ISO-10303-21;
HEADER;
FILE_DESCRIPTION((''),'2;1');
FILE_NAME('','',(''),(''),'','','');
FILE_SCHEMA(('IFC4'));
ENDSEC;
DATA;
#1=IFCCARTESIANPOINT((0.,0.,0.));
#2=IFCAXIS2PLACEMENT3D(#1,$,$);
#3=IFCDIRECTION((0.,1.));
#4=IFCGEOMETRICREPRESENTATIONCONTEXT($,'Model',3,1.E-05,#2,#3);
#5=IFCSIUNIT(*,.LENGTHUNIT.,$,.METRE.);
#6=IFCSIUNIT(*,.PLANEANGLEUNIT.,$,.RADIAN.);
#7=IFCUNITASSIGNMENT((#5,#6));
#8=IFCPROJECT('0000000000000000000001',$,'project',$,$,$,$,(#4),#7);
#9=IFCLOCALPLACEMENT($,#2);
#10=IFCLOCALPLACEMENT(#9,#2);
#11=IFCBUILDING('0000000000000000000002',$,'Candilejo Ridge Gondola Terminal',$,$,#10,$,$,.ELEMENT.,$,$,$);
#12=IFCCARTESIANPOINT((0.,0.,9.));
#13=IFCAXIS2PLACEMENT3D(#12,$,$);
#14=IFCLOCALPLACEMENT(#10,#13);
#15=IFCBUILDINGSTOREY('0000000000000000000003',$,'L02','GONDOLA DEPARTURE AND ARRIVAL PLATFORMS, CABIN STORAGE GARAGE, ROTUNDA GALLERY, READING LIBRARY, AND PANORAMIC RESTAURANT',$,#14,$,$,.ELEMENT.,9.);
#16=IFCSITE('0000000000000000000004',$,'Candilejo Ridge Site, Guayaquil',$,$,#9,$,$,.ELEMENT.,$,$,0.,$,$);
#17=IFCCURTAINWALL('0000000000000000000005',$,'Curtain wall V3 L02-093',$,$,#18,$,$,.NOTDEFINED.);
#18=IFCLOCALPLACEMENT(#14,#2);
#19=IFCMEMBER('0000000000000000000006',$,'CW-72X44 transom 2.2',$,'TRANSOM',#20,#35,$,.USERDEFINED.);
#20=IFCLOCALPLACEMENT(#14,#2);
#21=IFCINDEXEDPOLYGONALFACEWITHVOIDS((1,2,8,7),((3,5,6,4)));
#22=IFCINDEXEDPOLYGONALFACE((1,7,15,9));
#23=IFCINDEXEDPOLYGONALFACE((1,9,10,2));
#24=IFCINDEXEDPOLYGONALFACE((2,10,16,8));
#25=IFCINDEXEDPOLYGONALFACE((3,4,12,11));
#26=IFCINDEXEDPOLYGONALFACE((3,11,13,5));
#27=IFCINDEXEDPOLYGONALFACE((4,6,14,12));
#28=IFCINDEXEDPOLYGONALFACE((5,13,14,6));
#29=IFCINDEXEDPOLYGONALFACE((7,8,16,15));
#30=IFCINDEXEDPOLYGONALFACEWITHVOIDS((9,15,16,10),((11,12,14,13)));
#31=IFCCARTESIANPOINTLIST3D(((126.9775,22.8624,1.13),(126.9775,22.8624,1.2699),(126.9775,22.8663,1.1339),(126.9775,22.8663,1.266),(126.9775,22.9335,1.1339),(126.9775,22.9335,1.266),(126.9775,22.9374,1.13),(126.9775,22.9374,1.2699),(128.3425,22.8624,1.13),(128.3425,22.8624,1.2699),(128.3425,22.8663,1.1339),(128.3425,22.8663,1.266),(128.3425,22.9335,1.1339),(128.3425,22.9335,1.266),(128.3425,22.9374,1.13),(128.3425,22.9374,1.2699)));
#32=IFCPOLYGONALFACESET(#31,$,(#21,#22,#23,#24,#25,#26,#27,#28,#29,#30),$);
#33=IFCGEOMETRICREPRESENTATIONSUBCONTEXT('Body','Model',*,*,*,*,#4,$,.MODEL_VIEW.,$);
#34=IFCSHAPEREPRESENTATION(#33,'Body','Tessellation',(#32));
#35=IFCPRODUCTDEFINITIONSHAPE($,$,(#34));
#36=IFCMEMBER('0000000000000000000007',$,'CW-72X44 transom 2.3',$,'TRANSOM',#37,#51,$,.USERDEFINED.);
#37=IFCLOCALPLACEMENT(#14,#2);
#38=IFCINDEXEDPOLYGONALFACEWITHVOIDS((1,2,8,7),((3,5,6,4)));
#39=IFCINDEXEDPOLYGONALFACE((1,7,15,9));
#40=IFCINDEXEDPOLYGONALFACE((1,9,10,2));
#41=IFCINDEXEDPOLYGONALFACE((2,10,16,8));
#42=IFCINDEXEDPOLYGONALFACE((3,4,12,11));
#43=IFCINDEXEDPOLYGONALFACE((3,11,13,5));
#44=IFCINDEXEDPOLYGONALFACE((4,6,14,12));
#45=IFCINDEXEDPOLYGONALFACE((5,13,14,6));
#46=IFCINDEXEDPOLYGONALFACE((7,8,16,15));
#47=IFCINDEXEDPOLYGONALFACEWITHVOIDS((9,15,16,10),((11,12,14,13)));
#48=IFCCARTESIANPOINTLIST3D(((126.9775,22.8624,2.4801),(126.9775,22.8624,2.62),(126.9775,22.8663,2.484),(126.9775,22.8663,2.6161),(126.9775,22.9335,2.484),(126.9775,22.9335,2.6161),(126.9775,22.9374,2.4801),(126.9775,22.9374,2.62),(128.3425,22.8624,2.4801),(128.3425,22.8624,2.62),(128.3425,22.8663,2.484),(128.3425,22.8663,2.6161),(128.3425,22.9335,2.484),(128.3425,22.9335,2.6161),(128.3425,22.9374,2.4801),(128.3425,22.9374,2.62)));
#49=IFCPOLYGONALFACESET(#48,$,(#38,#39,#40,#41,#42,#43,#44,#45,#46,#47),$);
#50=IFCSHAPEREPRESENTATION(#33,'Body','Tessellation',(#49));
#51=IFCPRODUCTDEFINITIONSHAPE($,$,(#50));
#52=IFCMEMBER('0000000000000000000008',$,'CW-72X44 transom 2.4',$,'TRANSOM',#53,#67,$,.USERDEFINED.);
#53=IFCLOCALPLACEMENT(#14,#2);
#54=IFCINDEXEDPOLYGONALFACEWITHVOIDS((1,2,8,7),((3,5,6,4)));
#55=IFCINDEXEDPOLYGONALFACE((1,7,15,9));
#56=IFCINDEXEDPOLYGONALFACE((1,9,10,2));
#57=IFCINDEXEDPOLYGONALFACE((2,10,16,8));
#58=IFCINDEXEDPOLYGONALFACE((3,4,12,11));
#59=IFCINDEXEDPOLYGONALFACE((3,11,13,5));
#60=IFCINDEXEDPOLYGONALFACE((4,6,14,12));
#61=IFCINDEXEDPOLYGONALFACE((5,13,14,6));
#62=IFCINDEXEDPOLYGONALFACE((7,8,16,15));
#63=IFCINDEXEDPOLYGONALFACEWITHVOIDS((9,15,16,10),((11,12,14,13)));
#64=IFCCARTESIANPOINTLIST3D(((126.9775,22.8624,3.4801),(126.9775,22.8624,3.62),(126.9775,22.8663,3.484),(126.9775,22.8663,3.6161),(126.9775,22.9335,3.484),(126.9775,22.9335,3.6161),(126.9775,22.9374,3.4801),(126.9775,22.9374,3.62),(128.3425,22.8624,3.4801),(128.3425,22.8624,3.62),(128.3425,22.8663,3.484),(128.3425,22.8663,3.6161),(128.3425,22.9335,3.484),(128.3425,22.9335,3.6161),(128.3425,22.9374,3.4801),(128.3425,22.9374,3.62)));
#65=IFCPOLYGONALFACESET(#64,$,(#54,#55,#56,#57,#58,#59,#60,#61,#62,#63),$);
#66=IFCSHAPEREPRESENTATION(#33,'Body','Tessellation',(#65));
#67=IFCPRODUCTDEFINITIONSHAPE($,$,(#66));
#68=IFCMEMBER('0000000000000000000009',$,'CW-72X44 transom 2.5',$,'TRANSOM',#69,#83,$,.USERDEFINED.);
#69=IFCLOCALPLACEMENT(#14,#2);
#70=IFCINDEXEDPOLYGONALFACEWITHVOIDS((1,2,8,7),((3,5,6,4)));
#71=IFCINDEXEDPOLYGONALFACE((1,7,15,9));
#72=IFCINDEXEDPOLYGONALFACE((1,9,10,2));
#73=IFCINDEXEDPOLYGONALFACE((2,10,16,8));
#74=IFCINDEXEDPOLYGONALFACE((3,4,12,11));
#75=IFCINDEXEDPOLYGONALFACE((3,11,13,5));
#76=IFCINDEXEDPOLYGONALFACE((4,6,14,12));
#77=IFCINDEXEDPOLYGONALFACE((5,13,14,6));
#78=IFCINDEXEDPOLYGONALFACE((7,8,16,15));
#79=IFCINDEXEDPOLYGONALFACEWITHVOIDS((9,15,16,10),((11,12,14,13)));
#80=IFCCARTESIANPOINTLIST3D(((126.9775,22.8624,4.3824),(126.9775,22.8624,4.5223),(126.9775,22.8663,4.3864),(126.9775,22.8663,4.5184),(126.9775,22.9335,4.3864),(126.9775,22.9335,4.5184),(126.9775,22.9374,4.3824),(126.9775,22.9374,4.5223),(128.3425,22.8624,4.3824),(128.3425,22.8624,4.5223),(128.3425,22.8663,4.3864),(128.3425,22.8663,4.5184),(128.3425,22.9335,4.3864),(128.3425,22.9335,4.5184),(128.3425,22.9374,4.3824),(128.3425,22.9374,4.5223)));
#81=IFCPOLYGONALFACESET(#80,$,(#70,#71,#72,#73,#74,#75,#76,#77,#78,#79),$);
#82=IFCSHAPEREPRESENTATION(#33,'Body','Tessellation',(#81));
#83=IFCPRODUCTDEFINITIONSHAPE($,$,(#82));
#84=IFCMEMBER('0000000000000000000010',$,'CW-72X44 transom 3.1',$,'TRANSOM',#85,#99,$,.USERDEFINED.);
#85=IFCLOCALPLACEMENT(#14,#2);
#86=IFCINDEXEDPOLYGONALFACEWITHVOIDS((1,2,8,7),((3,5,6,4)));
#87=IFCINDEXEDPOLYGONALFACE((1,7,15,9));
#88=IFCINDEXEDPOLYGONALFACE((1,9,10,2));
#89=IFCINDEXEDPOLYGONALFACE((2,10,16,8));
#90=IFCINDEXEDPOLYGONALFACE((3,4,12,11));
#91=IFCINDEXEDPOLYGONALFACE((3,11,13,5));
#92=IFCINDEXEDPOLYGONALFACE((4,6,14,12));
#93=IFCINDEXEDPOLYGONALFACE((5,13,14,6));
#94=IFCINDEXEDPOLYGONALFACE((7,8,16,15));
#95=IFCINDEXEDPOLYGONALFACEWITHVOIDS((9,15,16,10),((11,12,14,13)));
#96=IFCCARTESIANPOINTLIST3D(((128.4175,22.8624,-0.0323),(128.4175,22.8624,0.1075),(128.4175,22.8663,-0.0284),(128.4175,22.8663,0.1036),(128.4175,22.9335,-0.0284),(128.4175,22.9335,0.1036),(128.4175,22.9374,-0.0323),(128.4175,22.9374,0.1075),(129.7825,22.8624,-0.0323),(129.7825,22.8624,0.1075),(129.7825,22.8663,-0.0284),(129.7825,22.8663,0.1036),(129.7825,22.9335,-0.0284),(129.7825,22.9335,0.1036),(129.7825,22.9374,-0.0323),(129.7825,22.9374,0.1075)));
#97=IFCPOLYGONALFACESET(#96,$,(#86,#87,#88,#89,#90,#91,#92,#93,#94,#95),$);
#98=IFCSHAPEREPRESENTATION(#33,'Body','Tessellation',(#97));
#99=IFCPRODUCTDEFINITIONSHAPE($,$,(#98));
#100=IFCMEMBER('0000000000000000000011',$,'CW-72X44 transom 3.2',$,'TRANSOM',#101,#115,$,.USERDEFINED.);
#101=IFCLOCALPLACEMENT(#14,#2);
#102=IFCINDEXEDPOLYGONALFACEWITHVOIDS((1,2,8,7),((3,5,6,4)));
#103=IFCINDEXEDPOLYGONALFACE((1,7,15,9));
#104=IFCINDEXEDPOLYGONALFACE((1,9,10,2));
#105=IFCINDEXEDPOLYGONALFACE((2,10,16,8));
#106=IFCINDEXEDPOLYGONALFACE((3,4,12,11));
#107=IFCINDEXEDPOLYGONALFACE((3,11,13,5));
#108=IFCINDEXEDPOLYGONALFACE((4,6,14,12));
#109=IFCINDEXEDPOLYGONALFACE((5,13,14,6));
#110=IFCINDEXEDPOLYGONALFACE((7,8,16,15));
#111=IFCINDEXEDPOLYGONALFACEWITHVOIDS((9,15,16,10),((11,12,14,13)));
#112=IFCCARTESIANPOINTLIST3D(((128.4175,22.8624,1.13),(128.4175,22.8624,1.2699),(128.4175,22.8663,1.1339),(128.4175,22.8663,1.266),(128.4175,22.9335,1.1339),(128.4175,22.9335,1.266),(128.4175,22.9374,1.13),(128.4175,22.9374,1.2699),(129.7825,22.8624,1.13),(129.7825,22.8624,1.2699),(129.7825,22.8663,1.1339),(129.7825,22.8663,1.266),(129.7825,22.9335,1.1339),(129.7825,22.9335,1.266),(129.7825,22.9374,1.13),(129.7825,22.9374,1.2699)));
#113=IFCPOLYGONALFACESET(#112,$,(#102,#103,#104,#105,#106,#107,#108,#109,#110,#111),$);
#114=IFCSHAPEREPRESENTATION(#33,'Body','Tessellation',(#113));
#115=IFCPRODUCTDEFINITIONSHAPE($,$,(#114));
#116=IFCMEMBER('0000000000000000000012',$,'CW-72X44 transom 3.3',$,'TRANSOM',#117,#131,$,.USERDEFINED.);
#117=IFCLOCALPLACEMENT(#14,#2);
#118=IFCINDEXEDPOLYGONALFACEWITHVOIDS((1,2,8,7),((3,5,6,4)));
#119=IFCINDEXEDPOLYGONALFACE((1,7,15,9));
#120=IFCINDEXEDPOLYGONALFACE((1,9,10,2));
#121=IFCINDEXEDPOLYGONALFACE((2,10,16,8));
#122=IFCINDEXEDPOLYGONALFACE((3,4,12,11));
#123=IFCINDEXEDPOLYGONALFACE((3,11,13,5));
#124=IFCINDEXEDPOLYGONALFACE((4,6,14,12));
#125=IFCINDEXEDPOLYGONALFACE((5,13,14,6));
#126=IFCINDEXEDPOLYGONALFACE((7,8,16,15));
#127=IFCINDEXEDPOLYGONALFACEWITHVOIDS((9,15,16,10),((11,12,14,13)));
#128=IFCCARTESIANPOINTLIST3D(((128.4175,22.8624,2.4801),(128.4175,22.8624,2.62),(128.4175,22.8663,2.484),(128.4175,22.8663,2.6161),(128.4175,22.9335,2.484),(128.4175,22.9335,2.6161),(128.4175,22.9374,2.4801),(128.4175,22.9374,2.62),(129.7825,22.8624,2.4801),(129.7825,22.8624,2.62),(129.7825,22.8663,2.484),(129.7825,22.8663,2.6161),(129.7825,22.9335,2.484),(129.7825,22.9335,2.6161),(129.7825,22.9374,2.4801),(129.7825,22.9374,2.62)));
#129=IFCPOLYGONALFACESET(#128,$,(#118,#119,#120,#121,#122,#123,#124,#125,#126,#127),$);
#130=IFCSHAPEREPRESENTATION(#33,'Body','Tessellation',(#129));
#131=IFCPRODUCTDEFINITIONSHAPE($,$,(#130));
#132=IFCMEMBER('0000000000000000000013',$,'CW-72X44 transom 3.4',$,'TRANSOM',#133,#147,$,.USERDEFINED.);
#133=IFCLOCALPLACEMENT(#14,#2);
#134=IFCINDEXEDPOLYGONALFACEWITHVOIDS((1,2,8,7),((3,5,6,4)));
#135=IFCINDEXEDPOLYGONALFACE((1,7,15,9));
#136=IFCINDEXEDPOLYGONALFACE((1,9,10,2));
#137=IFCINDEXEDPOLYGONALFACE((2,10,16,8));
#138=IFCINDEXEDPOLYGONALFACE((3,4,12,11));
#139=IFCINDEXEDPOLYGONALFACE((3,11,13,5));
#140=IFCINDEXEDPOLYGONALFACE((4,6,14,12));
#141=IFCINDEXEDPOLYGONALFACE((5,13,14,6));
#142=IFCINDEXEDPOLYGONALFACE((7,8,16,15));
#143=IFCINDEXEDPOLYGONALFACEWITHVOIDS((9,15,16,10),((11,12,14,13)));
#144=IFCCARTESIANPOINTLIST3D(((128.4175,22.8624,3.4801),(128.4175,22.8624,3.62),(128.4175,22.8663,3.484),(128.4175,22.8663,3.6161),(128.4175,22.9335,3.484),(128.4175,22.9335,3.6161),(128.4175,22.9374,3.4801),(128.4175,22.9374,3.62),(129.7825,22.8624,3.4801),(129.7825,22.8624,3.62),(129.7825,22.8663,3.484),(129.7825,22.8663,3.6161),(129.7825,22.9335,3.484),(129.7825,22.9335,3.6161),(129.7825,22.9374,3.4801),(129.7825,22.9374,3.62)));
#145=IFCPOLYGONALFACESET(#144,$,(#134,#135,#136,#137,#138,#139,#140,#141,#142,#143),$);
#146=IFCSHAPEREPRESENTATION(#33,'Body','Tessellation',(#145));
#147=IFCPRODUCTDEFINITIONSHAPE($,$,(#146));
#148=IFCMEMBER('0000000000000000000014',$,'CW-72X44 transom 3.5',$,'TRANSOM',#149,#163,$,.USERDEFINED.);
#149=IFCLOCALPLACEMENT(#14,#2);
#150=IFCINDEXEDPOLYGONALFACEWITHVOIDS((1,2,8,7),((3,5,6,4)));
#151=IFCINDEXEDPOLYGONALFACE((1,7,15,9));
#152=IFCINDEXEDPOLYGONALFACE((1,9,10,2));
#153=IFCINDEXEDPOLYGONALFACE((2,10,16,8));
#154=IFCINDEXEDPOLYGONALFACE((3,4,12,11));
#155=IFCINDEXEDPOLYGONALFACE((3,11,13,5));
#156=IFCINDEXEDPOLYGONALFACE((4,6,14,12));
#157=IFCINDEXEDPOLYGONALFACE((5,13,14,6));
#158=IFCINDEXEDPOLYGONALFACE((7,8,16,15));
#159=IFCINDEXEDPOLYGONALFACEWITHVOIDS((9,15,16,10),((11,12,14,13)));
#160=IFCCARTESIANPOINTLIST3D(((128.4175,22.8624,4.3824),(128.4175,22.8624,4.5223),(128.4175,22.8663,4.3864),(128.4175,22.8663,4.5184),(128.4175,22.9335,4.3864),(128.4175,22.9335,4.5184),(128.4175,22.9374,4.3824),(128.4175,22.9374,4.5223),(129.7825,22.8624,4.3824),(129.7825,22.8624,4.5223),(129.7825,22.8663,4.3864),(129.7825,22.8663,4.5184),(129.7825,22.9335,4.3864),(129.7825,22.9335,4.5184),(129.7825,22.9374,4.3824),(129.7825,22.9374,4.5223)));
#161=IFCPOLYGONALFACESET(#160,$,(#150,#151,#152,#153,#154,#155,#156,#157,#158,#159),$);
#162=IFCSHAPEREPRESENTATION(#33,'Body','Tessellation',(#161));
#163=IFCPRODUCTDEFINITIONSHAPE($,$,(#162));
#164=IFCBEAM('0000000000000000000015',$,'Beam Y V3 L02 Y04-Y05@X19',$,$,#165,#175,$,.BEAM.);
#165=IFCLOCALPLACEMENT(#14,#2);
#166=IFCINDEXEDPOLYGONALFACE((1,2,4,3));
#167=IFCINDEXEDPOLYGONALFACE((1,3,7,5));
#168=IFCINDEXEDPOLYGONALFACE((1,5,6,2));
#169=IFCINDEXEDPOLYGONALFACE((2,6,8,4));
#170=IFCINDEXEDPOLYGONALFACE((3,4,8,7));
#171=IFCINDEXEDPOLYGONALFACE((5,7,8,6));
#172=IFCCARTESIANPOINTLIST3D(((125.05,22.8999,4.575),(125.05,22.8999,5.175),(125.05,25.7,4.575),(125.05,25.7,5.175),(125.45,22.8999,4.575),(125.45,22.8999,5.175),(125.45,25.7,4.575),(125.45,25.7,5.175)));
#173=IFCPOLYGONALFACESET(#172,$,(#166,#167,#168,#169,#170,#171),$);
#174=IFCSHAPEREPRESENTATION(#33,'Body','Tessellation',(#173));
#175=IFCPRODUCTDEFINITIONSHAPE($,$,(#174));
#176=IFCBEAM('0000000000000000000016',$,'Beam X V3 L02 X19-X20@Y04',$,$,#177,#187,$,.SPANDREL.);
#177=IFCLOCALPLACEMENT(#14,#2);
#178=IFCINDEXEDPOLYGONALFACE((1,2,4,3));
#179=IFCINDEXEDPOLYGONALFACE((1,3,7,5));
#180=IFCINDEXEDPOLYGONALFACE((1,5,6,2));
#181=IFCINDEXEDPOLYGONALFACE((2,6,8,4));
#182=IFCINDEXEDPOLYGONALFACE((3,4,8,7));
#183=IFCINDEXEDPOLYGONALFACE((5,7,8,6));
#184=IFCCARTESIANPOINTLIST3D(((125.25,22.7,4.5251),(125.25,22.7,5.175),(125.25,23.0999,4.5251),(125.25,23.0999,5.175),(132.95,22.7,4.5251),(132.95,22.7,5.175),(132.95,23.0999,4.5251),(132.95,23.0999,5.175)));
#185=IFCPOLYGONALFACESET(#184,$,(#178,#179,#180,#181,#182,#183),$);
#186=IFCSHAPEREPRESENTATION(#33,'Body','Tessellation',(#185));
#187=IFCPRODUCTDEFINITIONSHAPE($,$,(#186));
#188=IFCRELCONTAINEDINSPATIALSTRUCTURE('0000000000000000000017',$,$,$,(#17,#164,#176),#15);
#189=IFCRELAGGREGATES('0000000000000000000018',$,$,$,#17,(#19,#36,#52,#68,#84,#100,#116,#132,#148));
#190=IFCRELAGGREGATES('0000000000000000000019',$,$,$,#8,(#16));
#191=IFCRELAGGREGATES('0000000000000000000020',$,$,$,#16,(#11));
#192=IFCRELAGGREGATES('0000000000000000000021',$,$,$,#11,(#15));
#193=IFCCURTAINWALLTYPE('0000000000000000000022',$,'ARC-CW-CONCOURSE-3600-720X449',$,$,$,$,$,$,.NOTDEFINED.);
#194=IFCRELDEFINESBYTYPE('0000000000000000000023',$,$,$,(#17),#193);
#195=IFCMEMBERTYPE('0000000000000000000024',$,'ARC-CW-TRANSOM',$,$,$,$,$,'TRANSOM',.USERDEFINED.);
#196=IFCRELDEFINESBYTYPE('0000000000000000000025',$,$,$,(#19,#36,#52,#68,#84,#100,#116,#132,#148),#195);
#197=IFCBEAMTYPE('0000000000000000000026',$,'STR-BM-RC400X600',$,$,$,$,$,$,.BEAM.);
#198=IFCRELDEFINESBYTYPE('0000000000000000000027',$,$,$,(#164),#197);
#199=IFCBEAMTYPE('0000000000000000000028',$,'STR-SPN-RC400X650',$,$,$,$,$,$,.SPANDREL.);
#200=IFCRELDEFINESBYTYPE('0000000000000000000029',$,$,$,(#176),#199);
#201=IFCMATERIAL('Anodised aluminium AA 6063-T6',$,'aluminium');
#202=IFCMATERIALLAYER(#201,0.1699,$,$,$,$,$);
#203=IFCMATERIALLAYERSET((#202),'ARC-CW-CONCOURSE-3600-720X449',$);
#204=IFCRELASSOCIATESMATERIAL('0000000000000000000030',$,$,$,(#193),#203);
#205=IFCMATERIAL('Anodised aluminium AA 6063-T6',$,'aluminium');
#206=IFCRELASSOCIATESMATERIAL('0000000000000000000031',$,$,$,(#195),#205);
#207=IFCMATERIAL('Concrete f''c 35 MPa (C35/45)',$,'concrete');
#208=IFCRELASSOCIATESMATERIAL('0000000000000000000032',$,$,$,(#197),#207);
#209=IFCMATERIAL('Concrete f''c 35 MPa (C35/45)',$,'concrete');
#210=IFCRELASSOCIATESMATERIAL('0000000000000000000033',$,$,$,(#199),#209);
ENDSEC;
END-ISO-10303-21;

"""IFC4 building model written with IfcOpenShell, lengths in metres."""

from ifc_helpers import new_model, si_unit, direction, frame, origin, origin_2d, place, context, subcontext, project, spatial, rectangle, hollow_rectangle, extrude, material, layer, layer_set, material_profile, profile_set, type_object, element, aggregate, save


model = new_model("IFC4")

# Units and contexts
model_context = context("Model", 3, precision=1e-05, world=origin(), true_north=direction((0.0, 1.0)))
body_context = subcontext(model_context, "Body", "Model", "MODEL_VIEW")
ifc_project = project(units=[si_unit("LENGTHUNIT", "METRE"), si_unit("PLANEANGLEUNIT", "RADIAN")], contexts=[model_context])

# Site, building, storey
site_placement = place(None, origin())
site = spatial("IfcSite", under=ifc_project, at=site_placement, Name="Candilejo Ridge Site, Guayaquil", CompositionType="ELEMENT", RefElevation=0.0)
building_placement = place(site_placement, origin())
building = spatial("IfcBuilding", under=site, at=building_placement, Name="Candilejo Ridge Gondola Terminal", CompositionType="ELEMENT")
storey_placement = place(building_placement, frame((0.0, 0.0, 9.0)))
storey = spatial("IfcBuildingStorey", under=building, at=storey_placement, Name="L02", Description="GONDOLA DEPARTURE AND ARRIVAL PLATFORMS, CABIN STORAGE GARAGE, ROTUNDA GALLERY, READING LIBRARY, AND PANORAMIC RESTAURANT", CompositionType="ELEMENT", Elevation=9.0)

# Shared definitions
ifc_material_1 = material(Name="Anodised aluminium AA 6063-T6", Category="aluminium")
ifc_layer_1 = layer(ifc_material_1, 0.1699)
ifc_layer_set_1 = layer_set([ifc_layer_1], Name="ARC-CW-CONCOURSE-3600-720X449")
curtain_wall_type = type_object("IfcCurtainWallType", Name="ARC-CW-CONCOURSE-3600-720X449", PredefinedType="NOTDEFINED", material=ifc_layer_set_1)

# Curtain wall, members
curtain_wall_1_placement = place(storey_placement, origin())
curtain_wall_1 = element("IfcCurtainWall", 1, at=curtain_wall_1_placement, inside=storey, type_object=curtain_wall_type, Name="Curtain wall V3 L02-093", PredefinedType="NOTDEFINED")
ifc_material_2 = material(Name="Anodised aluminium AA 6063-T6", Category="aluminium")
ifc_material_profile_1 = material_profile(ifc_material_2, hollow_rectangle(XDim=0.075, YDim=0.1399, WallThickness=0.0039, at=origin_2d()))
ifc_profile_set_1 = profile_set([ifc_material_profile_1], Name="Anodised aluminium AA 6063-T6")
member_type_1 = type_object("IfcMemberType", Name="ARC-CW-TRANSOM", ElementType="TRANSOM", PredefinedType="USERDEFINED", material=ifc_profile_set_1)
member_1_placement = place(storey_placement, frame((126.9775, 22.8999, 1.2), z_axis=(1.0, 0.0, 0.0), x_axis=(0.0, 1.0, 0.0)))
member_1 = element("IfcMember", 2, at=member_1_placement, type_object=member_type_1, Name="CW-72X44 transom 2.2", ObjectType="TRANSOM", PredefinedType="USERDEFINED", context=body_context, shape_type="SweptSolid", body=[
    extrude(hollow_rectangle(XDim=0.075, YDim=0.1399, WallThickness=0.0039, at=origin_2d()), origin(), (0.0, 0.0, 1.0), 1.365),
])
member_2_placement = place(storey_placement, frame((126.9775, 22.8999, 2.55), z_axis=(1.0, 0.0, 0.0), x_axis=(0.0, 1.0, 0.0)))
member_2 = element("IfcMember", 3, at=member_2_placement, type_object=member_type_1, Name="CW-72X44 transom 2.3", ObjectType="TRANSOM", PredefinedType="USERDEFINED", context=body_context, shape_type="SweptSolid", body=[
    extrude(hollow_rectangle(XDim=0.075, YDim=0.1399, WallThickness=0.0039, at=origin_2d()), origin(), (0.0, 0.0, 1.0), 1.365),
])
member_3_placement = place(storey_placement, frame((126.9775, 22.8999, 3.55), z_axis=(1.0, 0.0, 0.0), x_axis=(0.0, 1.0, 0.0)))
member_3 = element("IfcMember", 4, at=member_3_placement, type_object=member_type_1, Name="CW-72X44 transom 2.4", ObjectType="TRANSOM", PredefinedType="USERDEFINED", context=body_context, shape_type="SweptSolid", body=[
    extrude(hollow_rectangle(XDim=0.075, YDim=0.1399, WallThickness=0.0039, at=origin_2d()), origin(), (0.0, 0.0, 1.0), 1.365),
])
member_4_placement = place(storey_placement, frame((126.9775, 22.8999, 4.4524), z_axis=(1.0, 0.0, 0.0), x_axis=(0.0, 1.0, 0.0)))
member_4 = element("IfcMember", 5, at=member_4_placement, type_object=member_type_1, Name="CW-72X44 transom 2.5", ObjectType="TRANSOM", PredefinedType="USERDEFINED", context=body_context, shape_type="SweptSolid", body=[
    extrude(hollow_rectangle(XDim=0.075, YDim=0.1399, WallThickness=0.0039, at=origin_2d()), origin(), (0.0, 0.0, 1.0), 1.365),
])
member_5_placement = place(storey_placement, frame((128.4175, 22.8999, 0.0376), z_axis=(1.0, 0.0, 0.0), x_axis=(0.0, 1.0, 0.0)))
member_5 = element("IfcMember", 6, at=member_5_placement, type_object=member_type_1, Name="CW-72X44 transom 3.1", ObjectType="TRANSOM", PredefinedType="USERDEFINED", context=body_context, shape_type="SweptSolid", body=[
    extrude(hollow_rectangle(XDim=0.075, YDim=0.1399, WallThickness=0.0039, at=origin_2d()), origin(), (0.0, 0.0, 1.0), 1.365),
])
member_6_placement = place(storey_placement, frame((128.4175, 22.8999, 1.2), z_axis=(1.0, 0.0, 0.0), x_axis=(0.0, 1.0, 0.0)))
member_6 = element("IfcMember", 7, at=member_6_placement, type_object=member_type_1, Name="CW-72X44 transom 3.2", ObjectType="TRANSOM", PredefinedType="USERDEFINED", context=body_context, shape_type="SweptSolid", body=[
    extrude(hollow_rectangle(XDim=0.075, YDim=0.1399, WallThickness=0.0039, at=origin_2d()), origin(), (0.0, 0.0, 1.0), 1.365),
])
member_7_placement = place(storey_placement, frame((128.4175, 22.8999, 2.55), z_axis=(1.0, 0.0, 0.0), x_axis=(0.0, 1.0, 0.0)))
member_7 = element("IfcMember", 8, at=member_7_placement, type_object=member_type_1, Name="CW-72X44 transom 3.3", ObjectType="TRANSOM", PredefinedType="USERDEFINED", context=body_context, shape_type="SweptSolid", body=[
    extrude(hollow_rectangle(XDim=0.075, YDim=0.1399, WallThickness=0.0039, at=origin_2d()), origin(), (0.0, 0.0, 1.0), 1.365),
])
member_8_placement = place(storey_placement, frame((128.4175, 22.8999, 3.55), z_axis=(1.0, 0.0, 0.0), x_axis=(0.0, 1.0, 0.0)))
member_8 = element("IfcMember", 9, at=member_8_placement, type_object=member_type_1, Name="CW-72X44 transom 3.4", ObjectType="TRANSOM", PredefinedType="USERDEFINED", context=body_context, shape_type="SweptSolid", body=[
    extrude(hollow_rectangle(XDim=0.075, YDim=0.1399, WallThickness=0.0039, at=origin_2d()), origin(), (0.0, 0.0, 1.0), 1.365),
])
member_9_placement = place(storey_placement, frame((128.4175, 22.8999, 4.4524), z_axis=(1.0, 0.0, 0.0), x_axis=(0.0, 1.0, 0.0)))
member_9 = element("IfcMember", 10, at=member_9_placement, type_object=member_type_1, Name="CW-72X44 transom 3.5", ObjectType="TRANSOM", PredefinedType="USERDEFINED", context=body_context, shape_type="SweptSolid", body=[
    extrude(hollow_rectangle(XDim=0.075, YDim=0.1399, WallThickness=0.0039, at=origin_2d()), origin(), (0.0, 0.0, 1.0), 1.365),
])

# Beams
ifc_material_3 = material(Name="Concrete f'c 35 MPa (C35/45)", Category="concrete")
ifc_material_profile_2 = material_profile(ifc_material_3, rectangle(XDim=0.3999, YDim=0.6001, at=origin_2d()))
ifc_profile_set_2 = profile_set([ifc_material_profile_2], Name="Concrete f'c 35 MPa (C35/45)")
beam_type_1 = type_object("IfcBeamType", Name="STR-BM-RC400X600", PredefinedType="BEAM", material=ifc_profile_set_2)
beam_1_placement = place(storey_placement, frame((125.25, 22.8999, 4.875), z_axis=(0.0, 1.0, 0.0), x_axis=(-1.0, 0.0, 0.0)))
element("IfcBeam", 11, at=beam_1_placement, inside=storey, type_object=beam_type_1, Name="Beam Y V3 L02 Y04-Y05@X19", PredefinedType="BEAM", context=body_context, shape_type="SweptSolid", body=[
    extrude(rectangle(XDim=0.3999, YDim=0.6001, at=origin_2d()), origin(), (0.0, 0.0, 1.0), 2.8),
])
ifc_material_4 = material(Name="Concrete f'c 35 MPa (C35/45)", Category="concrete")
ifc_material_profile_3 = material_profile(ifc_material_4, rectangle(XDim=0.3999, YDim=0.6499, at=origin_2d()))
ifc_profile_set_3 = profile_set([ifc_material_profile_3], Name="Concrete f'c 35 MPa (C35/45)")
beam_type_2 = type_object("IfcBeamType", Name="STR-SPN-RC400X650", PredefinedType="SPANDREL", material=ifc_profile_set_3)
beam_2_placement = place(storey_placement, frame((125.25, 22.8999, 4.8501), z_axis=(1.0, 0.0, 0.0), x_axis=(0.0, 1.0, 0.0)))
element("IfcBeam", 12, at=beam_2_placement, inside=storey, type_object=beam_type_2, Name="Beam X V3 L02 X19-X20@Y04", PredefinedType="SPANDREL", context=body_context, shape_type="SweptSolid", body=[
    extrude(rectangle(XDim=0.3999, YDim=0.6499, at=origin_2d()), origin(), (0.0, 0.0, 1.0), 7.7),
])

aggregate(curtain_wall_1, [member_1, member_2, member_3, member_4, member_5, member_6, member_7, member_8, member_9])

save(model, "model.ifc")
